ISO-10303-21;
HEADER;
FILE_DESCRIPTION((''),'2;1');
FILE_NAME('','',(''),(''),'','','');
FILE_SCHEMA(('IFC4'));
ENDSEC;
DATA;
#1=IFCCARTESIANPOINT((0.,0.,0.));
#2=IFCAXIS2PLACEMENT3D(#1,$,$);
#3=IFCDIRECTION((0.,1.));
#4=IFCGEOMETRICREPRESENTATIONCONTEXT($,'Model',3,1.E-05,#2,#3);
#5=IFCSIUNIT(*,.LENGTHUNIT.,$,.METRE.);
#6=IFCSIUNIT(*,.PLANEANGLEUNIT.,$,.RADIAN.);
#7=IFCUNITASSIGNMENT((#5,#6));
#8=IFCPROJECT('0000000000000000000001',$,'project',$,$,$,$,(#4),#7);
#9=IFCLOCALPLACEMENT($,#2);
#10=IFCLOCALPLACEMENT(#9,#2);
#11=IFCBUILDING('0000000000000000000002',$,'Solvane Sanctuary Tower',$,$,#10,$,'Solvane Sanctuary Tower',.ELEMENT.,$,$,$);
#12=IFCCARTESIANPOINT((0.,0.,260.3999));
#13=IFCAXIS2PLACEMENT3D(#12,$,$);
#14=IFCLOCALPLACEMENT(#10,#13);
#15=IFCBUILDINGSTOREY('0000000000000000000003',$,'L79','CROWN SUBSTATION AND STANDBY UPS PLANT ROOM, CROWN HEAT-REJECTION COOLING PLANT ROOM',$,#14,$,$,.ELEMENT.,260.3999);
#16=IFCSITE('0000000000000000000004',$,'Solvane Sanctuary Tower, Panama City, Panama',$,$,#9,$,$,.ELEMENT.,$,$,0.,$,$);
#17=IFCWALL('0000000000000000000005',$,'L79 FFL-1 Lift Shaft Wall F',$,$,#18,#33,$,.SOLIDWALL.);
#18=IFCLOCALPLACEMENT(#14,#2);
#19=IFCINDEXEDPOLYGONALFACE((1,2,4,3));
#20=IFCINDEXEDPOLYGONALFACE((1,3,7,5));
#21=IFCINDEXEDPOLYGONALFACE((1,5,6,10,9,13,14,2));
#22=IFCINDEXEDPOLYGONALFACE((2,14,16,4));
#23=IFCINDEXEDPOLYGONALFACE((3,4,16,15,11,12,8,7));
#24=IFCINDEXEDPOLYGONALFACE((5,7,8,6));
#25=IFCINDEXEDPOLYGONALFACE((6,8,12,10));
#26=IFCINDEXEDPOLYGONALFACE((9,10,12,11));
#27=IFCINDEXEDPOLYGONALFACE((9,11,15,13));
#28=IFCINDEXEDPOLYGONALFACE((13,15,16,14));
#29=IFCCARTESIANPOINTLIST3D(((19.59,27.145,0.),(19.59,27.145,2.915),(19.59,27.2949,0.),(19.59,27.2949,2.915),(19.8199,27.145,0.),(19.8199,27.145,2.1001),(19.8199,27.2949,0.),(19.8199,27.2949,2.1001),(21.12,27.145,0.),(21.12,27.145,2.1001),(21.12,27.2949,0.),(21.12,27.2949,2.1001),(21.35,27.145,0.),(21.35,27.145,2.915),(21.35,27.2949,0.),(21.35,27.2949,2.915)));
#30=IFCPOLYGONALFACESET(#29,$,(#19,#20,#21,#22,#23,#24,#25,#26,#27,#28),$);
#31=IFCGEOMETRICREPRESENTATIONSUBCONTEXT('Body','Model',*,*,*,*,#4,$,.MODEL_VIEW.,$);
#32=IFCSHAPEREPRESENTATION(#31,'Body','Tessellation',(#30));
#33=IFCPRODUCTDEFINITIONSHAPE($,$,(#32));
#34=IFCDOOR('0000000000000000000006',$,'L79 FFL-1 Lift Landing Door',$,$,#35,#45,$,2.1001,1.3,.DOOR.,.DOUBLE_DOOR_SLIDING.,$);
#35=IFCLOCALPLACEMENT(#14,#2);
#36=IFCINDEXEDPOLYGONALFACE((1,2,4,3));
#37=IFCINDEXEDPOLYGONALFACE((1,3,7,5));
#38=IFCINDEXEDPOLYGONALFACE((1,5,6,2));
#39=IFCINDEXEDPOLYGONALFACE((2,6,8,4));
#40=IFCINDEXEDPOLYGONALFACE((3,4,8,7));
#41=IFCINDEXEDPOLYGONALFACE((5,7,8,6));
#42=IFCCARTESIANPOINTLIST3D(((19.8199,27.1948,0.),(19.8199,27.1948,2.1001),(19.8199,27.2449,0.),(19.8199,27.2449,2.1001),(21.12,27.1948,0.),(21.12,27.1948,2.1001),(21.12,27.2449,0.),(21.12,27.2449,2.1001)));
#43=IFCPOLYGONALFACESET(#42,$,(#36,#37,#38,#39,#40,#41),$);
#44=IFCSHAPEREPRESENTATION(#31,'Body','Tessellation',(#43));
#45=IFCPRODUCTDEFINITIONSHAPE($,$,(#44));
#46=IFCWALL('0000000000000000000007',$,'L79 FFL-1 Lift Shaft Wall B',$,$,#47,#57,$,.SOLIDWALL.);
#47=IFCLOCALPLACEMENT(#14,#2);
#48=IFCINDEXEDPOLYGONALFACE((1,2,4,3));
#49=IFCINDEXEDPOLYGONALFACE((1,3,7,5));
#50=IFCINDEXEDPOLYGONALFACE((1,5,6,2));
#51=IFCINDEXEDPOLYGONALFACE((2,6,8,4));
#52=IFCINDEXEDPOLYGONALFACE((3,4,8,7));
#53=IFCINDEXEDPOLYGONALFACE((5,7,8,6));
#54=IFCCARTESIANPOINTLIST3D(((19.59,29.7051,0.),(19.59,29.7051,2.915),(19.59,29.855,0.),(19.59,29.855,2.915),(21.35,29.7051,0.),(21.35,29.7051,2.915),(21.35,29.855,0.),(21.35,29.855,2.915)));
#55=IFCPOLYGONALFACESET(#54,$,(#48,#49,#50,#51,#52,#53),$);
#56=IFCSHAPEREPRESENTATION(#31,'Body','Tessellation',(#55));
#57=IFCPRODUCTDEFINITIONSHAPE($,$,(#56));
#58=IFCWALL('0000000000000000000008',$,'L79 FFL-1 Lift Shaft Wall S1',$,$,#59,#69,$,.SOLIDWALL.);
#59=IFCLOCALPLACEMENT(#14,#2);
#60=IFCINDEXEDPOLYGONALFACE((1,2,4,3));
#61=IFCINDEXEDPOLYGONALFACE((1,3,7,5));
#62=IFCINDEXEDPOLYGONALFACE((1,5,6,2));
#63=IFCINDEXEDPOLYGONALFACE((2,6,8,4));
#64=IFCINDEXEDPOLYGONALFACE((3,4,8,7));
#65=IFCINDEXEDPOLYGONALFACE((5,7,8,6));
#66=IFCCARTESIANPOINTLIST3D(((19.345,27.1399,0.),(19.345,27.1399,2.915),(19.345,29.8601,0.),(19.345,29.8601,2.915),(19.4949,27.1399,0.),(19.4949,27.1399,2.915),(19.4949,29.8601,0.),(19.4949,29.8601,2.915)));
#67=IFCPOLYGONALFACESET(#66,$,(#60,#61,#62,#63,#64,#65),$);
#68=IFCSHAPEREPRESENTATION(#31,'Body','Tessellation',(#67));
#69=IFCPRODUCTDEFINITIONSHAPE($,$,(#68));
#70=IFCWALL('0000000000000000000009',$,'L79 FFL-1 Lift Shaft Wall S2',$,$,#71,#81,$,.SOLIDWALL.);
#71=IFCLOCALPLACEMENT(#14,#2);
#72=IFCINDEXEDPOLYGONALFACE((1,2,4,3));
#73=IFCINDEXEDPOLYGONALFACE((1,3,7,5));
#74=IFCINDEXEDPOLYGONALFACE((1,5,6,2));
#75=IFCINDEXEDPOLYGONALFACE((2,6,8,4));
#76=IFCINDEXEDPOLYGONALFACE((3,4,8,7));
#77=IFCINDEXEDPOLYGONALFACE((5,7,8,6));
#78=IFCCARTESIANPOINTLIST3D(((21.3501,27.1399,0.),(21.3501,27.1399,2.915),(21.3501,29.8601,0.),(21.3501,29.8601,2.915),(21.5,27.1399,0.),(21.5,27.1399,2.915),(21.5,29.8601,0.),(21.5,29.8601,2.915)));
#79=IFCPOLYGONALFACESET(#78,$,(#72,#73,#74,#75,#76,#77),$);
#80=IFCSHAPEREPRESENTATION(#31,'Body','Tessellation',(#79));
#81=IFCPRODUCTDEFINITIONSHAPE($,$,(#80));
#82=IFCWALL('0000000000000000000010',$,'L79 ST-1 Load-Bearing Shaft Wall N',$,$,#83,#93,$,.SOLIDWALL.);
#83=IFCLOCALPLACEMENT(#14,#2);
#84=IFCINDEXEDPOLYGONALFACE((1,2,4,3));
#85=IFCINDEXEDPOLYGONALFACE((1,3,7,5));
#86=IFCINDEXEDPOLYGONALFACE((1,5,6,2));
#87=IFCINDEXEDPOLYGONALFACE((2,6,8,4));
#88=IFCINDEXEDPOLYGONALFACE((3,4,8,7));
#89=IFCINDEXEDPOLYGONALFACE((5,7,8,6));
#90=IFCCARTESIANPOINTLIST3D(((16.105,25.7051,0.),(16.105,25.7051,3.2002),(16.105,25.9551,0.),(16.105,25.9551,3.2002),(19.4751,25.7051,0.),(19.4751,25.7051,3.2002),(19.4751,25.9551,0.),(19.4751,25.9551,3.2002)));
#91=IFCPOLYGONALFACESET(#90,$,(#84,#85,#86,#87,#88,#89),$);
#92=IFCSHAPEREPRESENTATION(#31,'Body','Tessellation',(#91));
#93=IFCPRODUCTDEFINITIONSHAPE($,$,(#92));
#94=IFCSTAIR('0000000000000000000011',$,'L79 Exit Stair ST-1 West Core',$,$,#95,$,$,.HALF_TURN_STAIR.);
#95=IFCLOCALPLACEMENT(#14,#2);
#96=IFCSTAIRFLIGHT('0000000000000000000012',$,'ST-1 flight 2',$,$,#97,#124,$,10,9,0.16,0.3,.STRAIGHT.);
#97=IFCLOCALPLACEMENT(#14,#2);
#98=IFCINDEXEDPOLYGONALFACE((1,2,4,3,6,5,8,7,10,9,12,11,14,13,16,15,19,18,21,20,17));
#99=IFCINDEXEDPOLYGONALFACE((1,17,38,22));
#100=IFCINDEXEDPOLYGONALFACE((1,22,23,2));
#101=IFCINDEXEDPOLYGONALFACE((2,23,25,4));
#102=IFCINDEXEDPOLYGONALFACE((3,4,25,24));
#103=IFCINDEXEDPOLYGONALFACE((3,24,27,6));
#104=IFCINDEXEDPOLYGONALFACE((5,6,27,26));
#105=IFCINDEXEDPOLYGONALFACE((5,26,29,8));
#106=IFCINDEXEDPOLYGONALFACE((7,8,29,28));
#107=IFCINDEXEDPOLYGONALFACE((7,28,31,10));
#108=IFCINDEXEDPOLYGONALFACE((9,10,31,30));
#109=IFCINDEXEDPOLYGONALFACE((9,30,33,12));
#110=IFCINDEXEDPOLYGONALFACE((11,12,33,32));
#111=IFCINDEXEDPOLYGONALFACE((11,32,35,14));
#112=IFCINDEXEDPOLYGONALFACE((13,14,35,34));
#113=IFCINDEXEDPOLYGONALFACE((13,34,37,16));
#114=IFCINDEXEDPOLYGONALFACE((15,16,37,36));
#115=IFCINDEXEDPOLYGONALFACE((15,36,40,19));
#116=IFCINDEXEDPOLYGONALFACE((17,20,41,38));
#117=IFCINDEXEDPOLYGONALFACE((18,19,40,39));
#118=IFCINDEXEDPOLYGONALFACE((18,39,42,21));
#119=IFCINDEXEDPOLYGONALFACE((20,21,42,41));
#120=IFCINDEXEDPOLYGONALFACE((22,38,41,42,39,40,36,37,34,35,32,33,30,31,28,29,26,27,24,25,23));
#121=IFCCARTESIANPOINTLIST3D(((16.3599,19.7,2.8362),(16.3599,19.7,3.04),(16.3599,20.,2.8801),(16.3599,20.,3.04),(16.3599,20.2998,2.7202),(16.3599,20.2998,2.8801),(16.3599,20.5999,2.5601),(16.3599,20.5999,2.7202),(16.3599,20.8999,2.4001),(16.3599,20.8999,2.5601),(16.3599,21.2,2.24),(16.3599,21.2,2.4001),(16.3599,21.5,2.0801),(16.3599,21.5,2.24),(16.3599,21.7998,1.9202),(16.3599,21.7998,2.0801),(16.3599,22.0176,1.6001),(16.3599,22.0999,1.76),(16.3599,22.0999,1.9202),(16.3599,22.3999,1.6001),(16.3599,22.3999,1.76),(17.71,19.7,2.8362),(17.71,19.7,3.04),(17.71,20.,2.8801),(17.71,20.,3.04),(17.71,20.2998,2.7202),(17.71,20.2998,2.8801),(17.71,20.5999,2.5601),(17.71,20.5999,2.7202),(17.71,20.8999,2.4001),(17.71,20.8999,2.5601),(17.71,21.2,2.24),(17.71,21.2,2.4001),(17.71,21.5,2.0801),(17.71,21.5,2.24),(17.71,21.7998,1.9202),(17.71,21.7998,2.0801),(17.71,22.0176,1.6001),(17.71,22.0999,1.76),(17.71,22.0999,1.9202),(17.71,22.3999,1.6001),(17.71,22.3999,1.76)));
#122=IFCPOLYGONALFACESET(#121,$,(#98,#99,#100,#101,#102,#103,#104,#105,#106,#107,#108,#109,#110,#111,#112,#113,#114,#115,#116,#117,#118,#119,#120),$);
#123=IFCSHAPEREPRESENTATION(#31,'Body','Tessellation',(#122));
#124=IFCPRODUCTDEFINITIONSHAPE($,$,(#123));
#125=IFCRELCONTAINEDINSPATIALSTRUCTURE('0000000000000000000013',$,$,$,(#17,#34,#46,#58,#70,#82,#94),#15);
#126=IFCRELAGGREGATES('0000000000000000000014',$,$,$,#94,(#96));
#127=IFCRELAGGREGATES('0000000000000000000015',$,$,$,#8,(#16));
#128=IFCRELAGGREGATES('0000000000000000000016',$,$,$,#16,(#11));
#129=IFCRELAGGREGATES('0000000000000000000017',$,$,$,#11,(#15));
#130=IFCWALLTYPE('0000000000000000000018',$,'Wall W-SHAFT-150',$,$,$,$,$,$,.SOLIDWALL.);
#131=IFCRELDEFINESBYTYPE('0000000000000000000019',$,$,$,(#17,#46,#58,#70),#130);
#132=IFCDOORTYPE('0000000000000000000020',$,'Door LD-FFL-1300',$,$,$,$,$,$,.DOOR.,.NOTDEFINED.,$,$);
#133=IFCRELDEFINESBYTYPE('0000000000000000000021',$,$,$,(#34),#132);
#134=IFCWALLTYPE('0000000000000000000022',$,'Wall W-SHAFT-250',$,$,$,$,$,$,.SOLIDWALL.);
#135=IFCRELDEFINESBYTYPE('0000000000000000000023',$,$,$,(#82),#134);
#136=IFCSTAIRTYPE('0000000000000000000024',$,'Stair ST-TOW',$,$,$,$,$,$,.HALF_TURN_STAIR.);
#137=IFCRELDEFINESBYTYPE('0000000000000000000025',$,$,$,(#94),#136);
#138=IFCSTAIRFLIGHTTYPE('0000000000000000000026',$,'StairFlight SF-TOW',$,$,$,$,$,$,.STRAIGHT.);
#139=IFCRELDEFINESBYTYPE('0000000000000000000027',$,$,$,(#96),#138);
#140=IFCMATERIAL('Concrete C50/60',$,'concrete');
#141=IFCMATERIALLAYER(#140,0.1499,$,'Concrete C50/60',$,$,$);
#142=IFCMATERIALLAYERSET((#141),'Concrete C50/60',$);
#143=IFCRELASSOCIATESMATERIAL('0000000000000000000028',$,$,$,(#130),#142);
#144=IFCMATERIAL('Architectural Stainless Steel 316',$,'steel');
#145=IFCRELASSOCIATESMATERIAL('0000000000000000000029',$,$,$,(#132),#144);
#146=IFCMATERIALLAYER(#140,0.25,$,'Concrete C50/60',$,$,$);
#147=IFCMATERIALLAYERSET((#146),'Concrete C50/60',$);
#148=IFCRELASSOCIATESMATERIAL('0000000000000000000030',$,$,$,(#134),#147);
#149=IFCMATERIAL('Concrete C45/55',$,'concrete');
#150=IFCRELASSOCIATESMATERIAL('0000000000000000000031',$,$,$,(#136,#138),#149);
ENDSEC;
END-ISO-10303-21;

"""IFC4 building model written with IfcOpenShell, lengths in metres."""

from ifc_helpers import new_model, si_unit, direction, frame, frame_2d, origin, place, context, subcontext, project, spatial, polyline, rectangle, outline, extrude, material, layer, layer_set, type_object, element, fill, aggregate, save


model = new_model("IFC4")

# Units and contexts
model_context = context("Model", 3, precision=1e-05, world=origin(), true_north=direction((0.0, 1.0)))
body_context = subcontext(model_context, "Body", "Model", "MODEL_VIEW")
ifc_project = project(units=[si_unit("LENGTHUNIT", "METRE"), si_unit("PLANEANGLEUNIT", "RADIAN")], contexts=[model_context])

# Site, building, storey
site_placement = place(None, origin())
site = spatial("IfcSite", under=ifc_project, at=site_placement, Name="Solvane Sanctuary Tower, Panama City, Panama", CompositionType="ELEMENT", RefElevation=0.0)
building_placement = place(site_placement, origin())
building = spatial("IfcBuilding", under=site, at=building_placement, Name="Solvane Sanctuary Tower", LongName="Solvane Sanctuary Tower", CompositionType="ELEMENT")
storey_placement = place(building_placement, frame((0.0, 0.0, 260.3999)))
storey = spatial("IfcBuildingStorey", under=building, at=storey_placement, Name="L79", Description="CROWN SUBSTATION AND STANDBY UPS PLANT ROOM, CROWN HEAT-REJECTION COOLING PLANT ROOM", CompositionType="ELEMENT", Elevation=260.3999)

# Shared definitions
ifc_material_1 = material(Name="Concrete C50/60", Category="concrete")

# Wall, opening, door
ifc_layer_1 = layer(ifc_material_1, 0.1499, Name="Concrete C50/60")
ifc_layer_set_1 = layer_set([ifc_layer_1], Name="Concrete C50/60")
wall_type_1 = type_object("IfcWallType", Name="Wall W-SHAFT-150", PredefinedType="SOLIDWALL", material=ifc_layer_set_1)
wall_1_placement = place(storey_placement, frame((19.5901, 27.22, 0.0), z_axis=(0.0, 0.0, 1.0), x_axis=(1.0, 0.0, 0.0)))
wall_1 = element("IfcWall", 1, at=wall_1_placement, inside=storey, type_object=wall_type_1, Name="L79 FFL-1 Lift Shaft Wall F", PredefinedType="SOLIDWALL", context=body_context, shape_type="SweptSolid", body=[
    extrude(rectangle(XDim=1.76, YDim=0.1499, at=frame_2d((0.8799, 0.0))), origin(), (0.0, 0.0, 1.0), 2.915),
])
opening_placement = place(wall_1_placement, frame((0.23, 0.0, 0.0)))
opening = element("IfcOpeningElement", 2, at=opening_placement, cuts=wall_1, PredefinedType="OPENING", context=body_context, shape_type="SweptSolid", body=[
    extrude(rectangle(XDim=1.3, YDim=2.1001, at=frame_2d((0.6499, 1.05))), frame((0.0, 0.085, 0.0), z_axis=(0.0, -1.0, 0.0), x_axis=(1.0, 0.0, 0.0)), (0.0, 0.0, 1.0), 0.1699),
])
ifc_material_2 = material(Name="Architectural Stainless Steel 316", Category="steel")
door_type = type_object("IfcDoorType", Name="Door LD-FFL-1300", OperationType="NOTDEFINED", PredefinedType="DOOR", material=ifc_material_2)
door_placement = place(opening_placement, origin())
door = element("IfcDoor", 3, at=door_placement, inside=storey, type_object=door_type, Name="L79 FFL-1 Lift Landing Door", OperationType="DOUBLE_DOOR_SLIDING", OverallHeight=2.1001, OverallWidth=1.3, PredefinedType="DOOR", context=body_context, shape_type="SweptSolid", body=[
    extrude(rectangle(XDim=1.3, YDim=2.1001, at=frame_2d((0.6499, 1.05))), frame((0.0, 0.0249, 0.0), z_axis=(0.0, -1.0, 0.0), x_axis=(1.0, 0.0, 0.0)), (0.0, 0.0, 1.0), 0.05),
])
fill(opening, door)

# Walls
wall_2_placement = place(storey_placement, frame((19.5901, 29.78, 0.0), z_axis=(0.0, 0.0, 1.0), x_axis=(1.0, 0.0, 0.0)))
element("IfcWall", 4, at=wall_2_placement, inside=storey, type_object=wall_type_1, Name="L79 FFL-1 Lift Shaft Wall B", PredefinedType="SOLIDWALL", context=body_context, shape_type="SweptSolid", body=[
    extrude(rectangle(XDim=1.76, YDim=0.1499, at=frame_2d((0.8799, 0.0))), origin(), (0.0, 0.0, 1.0), 2.915),
])
for number, where, z_axis, x_axis, name in (
    (5, (19.4199, 27.1399, 0.0), (0.0, 0.0, 1.0), (0.0, 1.0, 0.0), "L79 FFL-1 Lift Shaft Wall S1"),
    (6, (21.425, 27.1399, 0.0), (0.0, 0.0, 1.0), (0.0, 1.0, 0.0), "L79 FFL-1 Lift Shaft Wall S2"),
):
    element("IfcWall", number, at=place(storey_placement, frame(where, z_axis=z_axis, x_axis=x_axis)), inside=storey, type_object=wall_type_1, Name=name, PredefinedType="SOLIDWALL", context=body_context, shape_type="SweptSolid", body=[
        extrude(rectangle(XDim=2.7202, YDim=0.1499, at=frame_2d((1.3601, 0.0))), origin(), (0.0, 0.0, 1.0), 2.915),
    ])
ifc_layer_2 = layer(ifc_material_1, 0.25, Name="Concrete C50/60")
ifc_layer_set_2 = layer_set([ifc_layer_2], Name="Concrete C50/60")
wall_type_2 = type_object("IfcWallType", Name="Wall W-SHAFT-250", PredefinedType="SOLIDWALL", material=ifc_layer_set_2)
wall_3_placement = place(storey_placement, frame((16.105, 25.8301, 0.0), z_axis=(0.0, 0.0, 1.0), x_axis=(1.0, 0.0, 0.0)))
element("IfcWall", 7, at=wall_3_placement, inside=storey, type_object=wall_type_2, Name="L79 ST-1 Load-Bearing Shaft Wall N", PredefinedType="SOLIDWALL", context=body_context, shape_type="SweptSolid", body=[
    extrude(rectangle(XDim=3.3701, YDim=0.25, at=frame_2d((1.6851, 0.0))), origin(), (0.0, 0.0, 1.0), 3.2002),
])

# Stair, stair flight
ifc_material_3 = material(Name="Concrete C45/55", Category="concrete")
stair_type = type_object("IfcStairType", Name="Stair ST-TOW", PredefinedType="HALF_TURN_STAIR", material=ifc_material_3)
stair_placement = place(storey_placement, origin())
stair = element("IfcStair", 8, at=stair_placement, inside=storey, type_object=stair_type, Name="L79 Exit Stair ST-1 West Core", PredefinedType="HALF_TURN_STAIR")
stair_flight_type = type_object("IfcStairFlightType", Name="StairFlight SF-TOW", PredefinedType="STRAIGHT", material=ifc_material_3)
stair_flight_placement = place(storey_placement, frame((17.0349, 22.3999, 1.6001), z_axis=(0.0, 0.0, 1.0), x_axis=(0.0, -1.0, 0.0)))
stair_flight = element("IfcStairFlight", 9, at=stair_flight_placement, type_object=stair_flight_type, Name="ST-1 flight 2", NumberOfRisers=10, NumberOfTreads=9, PredefinedType="STRAIGHT", RiserHeight=0.16, TreadLength=0.3, context=body_context, shape_type="SweptSolid", body=[
    extrude(outline(polyline([(0.0, 0.0), (0.0, 0.1599), (0.3, 0.1599), (0.3, 0.3201), (0.6001, 0.3201), (0.6001, 0.48), (0.8999, 0.48), (0.8999, 0.6399), (1.2, 0.6399), (1.2, 0.8), (1.5, 0.8), (1.5, 0.96), (1.8, 0.96), (1.8, 1.1201), (2.1001, 1.1201), (2.1001, 1.28), (2.3999, 1.28), (2.3999, 1.4399), (2.7, 1.4399), (2.7, 1.6001), (2.7, 1.2361), (0.3823, 0.0), (0.0, 0.0)])), frame((0.0, 0.675, 0.0), z_axis=(0.0, -1.0, 0.0), x_axis=(1.0, 0.0, 0.0)), (0.0, 0.0, 1.0), 1.3501),
])
aggregate(stair, [stair_flight])

save(model, "model.ifc")
